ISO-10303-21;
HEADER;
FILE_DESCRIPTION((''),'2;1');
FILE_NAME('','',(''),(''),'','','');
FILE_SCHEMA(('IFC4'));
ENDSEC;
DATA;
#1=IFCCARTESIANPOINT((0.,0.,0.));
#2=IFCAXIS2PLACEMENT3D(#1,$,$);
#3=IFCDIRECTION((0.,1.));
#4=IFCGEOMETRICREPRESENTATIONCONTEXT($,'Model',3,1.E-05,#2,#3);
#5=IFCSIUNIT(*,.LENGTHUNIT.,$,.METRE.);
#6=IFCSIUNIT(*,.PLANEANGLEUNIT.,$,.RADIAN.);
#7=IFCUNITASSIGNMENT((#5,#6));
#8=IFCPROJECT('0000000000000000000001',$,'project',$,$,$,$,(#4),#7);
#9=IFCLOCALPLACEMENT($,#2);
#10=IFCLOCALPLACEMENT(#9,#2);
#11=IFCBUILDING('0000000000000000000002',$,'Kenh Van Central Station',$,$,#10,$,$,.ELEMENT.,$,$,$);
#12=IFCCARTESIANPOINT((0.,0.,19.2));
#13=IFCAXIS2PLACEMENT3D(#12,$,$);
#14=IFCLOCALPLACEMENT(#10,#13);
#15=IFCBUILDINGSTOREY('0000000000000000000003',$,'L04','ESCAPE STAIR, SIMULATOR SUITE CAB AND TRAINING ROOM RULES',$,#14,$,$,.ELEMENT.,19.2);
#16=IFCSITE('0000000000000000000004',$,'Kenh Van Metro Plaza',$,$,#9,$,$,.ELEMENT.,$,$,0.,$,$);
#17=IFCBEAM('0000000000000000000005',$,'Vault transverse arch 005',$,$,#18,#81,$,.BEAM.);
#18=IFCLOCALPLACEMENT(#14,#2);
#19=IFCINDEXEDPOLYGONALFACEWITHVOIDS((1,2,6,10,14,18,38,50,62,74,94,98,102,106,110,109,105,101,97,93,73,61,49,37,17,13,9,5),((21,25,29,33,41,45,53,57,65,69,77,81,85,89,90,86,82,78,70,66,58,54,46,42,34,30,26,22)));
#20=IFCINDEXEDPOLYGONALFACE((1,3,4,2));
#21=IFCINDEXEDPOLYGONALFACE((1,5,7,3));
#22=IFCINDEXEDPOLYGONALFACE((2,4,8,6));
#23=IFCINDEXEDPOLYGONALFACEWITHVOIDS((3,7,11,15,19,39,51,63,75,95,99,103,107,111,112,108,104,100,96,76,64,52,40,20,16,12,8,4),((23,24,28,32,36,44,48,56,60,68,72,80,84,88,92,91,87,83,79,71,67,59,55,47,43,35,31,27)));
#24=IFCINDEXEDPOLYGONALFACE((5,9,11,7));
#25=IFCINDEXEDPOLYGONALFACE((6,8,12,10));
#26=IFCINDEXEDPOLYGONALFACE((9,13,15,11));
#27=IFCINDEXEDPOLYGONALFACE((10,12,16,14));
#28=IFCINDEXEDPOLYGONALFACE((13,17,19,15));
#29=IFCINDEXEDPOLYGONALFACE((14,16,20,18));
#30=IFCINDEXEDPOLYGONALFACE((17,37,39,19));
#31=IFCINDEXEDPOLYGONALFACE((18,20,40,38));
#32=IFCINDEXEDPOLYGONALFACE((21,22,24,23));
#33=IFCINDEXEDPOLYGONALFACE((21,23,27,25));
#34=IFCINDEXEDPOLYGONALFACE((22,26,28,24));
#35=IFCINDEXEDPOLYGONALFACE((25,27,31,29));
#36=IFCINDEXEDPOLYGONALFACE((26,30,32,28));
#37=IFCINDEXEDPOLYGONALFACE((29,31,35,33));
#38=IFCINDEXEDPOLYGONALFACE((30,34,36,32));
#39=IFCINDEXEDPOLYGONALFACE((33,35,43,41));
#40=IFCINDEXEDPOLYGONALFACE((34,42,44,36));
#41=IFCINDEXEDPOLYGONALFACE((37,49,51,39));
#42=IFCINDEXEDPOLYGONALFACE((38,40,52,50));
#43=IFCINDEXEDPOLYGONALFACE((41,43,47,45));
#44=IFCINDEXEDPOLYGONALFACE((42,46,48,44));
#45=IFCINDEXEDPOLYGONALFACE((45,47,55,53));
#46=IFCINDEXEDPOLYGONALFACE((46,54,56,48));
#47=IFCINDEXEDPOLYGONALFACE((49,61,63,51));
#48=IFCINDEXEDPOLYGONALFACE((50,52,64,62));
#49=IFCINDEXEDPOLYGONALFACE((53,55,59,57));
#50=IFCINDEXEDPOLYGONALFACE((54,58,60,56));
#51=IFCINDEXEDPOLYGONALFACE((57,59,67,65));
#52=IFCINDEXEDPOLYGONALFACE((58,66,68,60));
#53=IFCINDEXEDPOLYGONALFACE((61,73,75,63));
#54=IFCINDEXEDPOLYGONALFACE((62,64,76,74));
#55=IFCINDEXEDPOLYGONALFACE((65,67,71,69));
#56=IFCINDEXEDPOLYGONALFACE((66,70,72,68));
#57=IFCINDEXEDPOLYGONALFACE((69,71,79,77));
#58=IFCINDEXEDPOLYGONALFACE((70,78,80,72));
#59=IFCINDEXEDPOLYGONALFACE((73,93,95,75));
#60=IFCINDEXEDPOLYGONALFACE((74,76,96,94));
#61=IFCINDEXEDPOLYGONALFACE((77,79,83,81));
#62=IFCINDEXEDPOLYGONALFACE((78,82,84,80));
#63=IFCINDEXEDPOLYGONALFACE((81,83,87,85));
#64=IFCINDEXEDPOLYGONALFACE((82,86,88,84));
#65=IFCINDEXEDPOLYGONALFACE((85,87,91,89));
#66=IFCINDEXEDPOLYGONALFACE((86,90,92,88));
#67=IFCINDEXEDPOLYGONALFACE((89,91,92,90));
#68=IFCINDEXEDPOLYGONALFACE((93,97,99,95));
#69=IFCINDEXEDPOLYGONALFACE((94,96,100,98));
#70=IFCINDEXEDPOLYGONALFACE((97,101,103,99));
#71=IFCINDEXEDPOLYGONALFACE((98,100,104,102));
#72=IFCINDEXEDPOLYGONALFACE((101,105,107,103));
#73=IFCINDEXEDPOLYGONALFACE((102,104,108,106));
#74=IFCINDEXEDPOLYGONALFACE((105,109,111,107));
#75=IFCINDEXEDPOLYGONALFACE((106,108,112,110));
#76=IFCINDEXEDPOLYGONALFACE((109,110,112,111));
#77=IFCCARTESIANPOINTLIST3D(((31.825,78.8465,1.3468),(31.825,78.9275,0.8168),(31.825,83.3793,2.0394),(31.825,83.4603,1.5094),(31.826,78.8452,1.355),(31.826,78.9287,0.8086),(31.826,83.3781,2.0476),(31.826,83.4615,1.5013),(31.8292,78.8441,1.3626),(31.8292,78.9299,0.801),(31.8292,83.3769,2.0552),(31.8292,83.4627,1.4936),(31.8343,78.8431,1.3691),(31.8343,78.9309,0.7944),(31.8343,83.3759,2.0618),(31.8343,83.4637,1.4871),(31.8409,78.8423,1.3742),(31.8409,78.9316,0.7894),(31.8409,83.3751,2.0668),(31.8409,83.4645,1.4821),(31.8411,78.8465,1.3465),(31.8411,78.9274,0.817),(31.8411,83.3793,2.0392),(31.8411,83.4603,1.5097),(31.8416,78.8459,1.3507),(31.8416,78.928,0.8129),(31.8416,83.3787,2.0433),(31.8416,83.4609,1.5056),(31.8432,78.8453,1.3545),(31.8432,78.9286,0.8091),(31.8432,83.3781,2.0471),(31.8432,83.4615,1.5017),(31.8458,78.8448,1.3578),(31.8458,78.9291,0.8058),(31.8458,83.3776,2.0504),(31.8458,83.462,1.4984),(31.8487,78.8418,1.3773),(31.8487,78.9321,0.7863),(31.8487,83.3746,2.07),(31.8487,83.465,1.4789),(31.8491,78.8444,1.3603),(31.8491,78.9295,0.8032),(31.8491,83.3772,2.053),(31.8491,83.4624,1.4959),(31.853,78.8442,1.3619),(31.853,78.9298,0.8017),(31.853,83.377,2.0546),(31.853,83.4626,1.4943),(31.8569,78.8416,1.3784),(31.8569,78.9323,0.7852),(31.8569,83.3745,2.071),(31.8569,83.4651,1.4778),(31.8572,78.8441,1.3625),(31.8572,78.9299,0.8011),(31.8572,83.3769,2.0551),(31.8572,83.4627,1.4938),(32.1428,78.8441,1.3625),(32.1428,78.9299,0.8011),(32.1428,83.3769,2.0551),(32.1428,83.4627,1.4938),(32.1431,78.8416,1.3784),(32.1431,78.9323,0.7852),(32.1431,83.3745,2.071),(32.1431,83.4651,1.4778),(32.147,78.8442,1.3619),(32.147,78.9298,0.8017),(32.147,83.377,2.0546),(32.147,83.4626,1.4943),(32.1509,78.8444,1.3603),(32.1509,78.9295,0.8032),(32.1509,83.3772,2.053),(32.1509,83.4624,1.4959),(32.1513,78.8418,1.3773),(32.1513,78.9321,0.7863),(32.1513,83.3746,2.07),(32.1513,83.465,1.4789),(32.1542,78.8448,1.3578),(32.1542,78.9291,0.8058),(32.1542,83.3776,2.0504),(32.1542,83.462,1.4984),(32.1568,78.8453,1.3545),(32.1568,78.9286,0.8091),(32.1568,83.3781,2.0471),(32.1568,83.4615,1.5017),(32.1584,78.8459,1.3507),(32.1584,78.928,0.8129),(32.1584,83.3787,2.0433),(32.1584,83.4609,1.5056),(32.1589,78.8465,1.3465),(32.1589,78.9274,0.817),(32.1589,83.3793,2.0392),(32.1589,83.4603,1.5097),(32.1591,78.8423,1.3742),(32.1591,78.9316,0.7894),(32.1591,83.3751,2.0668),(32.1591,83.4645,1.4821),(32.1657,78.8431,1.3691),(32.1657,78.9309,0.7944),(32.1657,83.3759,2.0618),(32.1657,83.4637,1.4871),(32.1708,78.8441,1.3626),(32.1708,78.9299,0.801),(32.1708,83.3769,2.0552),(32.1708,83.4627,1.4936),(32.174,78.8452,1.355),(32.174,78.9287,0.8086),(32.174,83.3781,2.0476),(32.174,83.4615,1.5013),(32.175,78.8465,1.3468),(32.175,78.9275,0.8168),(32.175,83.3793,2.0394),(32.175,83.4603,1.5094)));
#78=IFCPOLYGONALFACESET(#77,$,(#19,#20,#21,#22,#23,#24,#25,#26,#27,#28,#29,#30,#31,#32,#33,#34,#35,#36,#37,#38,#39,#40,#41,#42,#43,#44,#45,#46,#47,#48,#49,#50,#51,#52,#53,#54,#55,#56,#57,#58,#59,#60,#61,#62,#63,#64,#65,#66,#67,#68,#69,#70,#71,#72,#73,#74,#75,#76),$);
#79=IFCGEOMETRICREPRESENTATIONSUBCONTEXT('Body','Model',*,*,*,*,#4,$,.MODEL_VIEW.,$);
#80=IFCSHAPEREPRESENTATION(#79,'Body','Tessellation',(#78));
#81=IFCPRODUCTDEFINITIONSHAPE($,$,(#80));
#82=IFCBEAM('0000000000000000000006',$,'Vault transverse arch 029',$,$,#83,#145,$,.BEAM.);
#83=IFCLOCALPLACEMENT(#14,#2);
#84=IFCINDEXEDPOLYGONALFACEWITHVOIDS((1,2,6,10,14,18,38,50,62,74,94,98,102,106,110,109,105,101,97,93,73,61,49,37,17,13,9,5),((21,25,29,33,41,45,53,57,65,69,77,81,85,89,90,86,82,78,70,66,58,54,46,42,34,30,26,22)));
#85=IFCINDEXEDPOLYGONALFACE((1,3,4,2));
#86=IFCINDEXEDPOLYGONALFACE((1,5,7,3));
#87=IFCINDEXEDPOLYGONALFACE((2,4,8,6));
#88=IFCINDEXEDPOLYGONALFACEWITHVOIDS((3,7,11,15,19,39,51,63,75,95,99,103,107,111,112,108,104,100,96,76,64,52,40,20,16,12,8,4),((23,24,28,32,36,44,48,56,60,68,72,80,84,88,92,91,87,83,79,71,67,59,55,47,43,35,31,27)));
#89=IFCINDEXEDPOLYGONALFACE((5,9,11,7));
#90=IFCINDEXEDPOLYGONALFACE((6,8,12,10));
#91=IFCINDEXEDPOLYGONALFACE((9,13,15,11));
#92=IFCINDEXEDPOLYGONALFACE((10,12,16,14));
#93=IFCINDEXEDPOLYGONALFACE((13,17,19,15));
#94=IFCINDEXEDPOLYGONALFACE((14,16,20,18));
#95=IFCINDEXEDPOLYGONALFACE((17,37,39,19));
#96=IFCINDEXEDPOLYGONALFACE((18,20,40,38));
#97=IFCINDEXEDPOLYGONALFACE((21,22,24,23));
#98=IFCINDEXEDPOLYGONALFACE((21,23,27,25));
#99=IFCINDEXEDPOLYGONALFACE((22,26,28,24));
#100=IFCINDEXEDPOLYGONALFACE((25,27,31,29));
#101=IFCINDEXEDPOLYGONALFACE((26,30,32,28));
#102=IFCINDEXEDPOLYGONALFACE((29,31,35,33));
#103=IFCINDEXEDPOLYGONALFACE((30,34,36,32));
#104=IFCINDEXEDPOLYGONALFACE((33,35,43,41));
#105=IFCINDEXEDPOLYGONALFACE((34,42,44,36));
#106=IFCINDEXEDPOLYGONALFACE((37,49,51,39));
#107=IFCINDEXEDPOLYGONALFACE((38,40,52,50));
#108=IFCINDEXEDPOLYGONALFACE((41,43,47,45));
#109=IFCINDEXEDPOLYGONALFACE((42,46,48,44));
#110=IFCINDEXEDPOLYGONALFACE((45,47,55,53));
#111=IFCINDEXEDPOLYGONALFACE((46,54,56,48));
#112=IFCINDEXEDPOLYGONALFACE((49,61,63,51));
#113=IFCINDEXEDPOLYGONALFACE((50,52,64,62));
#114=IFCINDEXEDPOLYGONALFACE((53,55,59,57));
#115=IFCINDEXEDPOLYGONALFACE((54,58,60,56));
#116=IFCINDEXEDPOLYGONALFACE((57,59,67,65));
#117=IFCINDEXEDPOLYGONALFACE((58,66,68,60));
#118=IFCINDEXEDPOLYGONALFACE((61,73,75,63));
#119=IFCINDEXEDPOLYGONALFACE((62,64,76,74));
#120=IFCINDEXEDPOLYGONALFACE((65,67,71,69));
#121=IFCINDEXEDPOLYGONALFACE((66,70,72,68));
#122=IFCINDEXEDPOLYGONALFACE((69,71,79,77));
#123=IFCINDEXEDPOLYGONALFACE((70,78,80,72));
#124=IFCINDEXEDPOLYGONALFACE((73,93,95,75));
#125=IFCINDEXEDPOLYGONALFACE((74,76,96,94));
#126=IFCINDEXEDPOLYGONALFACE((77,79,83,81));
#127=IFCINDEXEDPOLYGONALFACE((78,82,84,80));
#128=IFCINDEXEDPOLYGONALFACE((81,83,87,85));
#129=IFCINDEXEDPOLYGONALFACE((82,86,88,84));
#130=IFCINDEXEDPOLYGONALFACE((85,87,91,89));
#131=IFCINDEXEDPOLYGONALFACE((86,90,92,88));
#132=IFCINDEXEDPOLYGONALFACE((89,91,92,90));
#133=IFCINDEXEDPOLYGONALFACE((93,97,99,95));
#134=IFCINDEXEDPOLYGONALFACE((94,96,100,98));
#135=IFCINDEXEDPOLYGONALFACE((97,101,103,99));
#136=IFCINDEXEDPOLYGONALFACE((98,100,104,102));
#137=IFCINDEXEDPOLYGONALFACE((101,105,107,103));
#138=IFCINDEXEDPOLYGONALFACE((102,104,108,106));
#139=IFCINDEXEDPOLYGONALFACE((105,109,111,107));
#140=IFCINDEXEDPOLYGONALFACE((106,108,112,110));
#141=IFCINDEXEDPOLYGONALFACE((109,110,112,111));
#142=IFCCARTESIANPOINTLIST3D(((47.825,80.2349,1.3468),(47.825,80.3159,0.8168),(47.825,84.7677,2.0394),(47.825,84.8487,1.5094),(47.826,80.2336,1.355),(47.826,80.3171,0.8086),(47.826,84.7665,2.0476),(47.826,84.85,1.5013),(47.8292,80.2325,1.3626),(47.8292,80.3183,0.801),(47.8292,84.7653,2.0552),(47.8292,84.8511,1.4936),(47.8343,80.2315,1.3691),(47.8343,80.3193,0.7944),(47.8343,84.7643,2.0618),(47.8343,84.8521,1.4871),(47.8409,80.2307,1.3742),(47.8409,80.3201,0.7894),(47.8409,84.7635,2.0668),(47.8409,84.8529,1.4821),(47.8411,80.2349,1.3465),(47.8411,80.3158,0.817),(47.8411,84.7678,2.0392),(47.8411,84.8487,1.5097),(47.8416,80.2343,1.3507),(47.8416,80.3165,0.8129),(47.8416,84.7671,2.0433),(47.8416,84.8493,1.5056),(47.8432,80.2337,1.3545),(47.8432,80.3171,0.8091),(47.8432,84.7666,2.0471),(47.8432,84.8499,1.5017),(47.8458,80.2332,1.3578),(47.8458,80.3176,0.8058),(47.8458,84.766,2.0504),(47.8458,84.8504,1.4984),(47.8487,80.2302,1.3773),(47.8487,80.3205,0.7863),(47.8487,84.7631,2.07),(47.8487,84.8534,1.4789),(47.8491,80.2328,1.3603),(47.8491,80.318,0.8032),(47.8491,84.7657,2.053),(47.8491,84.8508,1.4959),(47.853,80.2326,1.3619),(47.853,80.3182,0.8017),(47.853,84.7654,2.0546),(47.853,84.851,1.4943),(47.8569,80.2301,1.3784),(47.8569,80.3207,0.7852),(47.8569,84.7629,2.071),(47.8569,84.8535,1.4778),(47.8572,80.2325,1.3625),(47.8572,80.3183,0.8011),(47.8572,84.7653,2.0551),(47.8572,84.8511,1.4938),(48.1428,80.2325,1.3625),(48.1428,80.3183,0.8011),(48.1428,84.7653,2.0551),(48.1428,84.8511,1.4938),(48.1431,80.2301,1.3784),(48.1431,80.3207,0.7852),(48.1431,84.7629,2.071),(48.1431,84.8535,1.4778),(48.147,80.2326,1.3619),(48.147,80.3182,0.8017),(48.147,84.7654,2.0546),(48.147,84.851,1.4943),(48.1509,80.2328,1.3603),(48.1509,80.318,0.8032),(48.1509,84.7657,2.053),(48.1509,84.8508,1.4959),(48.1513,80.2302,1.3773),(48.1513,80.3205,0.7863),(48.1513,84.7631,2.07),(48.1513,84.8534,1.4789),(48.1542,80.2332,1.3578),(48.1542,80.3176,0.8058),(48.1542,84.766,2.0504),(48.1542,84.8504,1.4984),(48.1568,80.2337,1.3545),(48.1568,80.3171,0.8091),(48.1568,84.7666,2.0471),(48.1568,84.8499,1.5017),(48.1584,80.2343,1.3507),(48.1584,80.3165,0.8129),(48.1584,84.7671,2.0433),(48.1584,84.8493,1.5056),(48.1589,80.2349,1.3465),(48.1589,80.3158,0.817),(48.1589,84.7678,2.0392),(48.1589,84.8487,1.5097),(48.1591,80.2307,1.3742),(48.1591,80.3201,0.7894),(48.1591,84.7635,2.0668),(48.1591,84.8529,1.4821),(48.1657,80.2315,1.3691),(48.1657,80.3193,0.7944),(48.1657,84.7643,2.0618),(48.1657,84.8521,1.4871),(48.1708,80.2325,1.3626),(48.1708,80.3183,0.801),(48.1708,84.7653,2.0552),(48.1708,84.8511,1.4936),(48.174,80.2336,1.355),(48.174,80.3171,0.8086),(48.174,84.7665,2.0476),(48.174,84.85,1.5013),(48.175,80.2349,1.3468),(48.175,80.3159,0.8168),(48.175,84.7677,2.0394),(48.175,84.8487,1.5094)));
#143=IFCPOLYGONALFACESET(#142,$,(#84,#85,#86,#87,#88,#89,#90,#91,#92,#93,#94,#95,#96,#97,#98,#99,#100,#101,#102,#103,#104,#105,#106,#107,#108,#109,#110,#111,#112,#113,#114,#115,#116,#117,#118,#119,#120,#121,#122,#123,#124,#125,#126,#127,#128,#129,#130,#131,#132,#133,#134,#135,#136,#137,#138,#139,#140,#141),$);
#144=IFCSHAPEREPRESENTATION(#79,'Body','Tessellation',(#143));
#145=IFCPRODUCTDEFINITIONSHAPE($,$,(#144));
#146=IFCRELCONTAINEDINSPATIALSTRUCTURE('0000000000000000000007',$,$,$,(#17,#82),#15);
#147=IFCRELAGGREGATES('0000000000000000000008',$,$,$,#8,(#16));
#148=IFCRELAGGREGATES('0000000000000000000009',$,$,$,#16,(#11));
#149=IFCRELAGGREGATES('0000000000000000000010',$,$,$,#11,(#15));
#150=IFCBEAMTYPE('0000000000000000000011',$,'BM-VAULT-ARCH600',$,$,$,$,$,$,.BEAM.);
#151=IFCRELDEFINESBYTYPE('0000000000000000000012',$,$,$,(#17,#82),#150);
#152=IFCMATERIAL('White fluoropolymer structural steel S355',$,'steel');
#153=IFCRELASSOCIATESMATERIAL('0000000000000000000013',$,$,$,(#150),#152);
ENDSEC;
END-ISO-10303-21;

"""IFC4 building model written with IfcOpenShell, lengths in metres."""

from ifc_helpers import new_model, si_unit, direction, frame, origin, origin_2d, place, context, subcontext, project, spatial, hollow_rectangle, extrude, material, material_profile, profile_set, type_object, element, save


model = new_model("IFC4")

# Units and contexts
model_context = context("Model", 3, precision=1e-05, world=origin(), true_north=direction((0.0, 1.0)))
body_context = subcontext(model_context, "Body", "Model", "MODEL_VIEW")
ifc_project = project(units=[si_unit("LENGTHUNIT", "METRE"), si_unit("PLANEANGLEUNIT", "RADIAN")], contexts=[model_context])

# Site, building, storey
site_placement = place(None, origin())
site = spatial("IfcSite", under=ifc_project, at=site_placement, Name="Kenh Van Metro Plaza", CompositionType="ELEMENT", RefElevation=0.0)
building_placement = place(site_placement, origin())
building = spatial("IfcBuilding", under=site, at=building_placement, Name="Kenh Van Central Station", CompositionType="ELEMENT")
storey_placement = place(building_placement, frame((0.0, 0.0, 19.2)))
storey = spatial("IfcBuildingStorey", under=building, at=storey_placement, Name="L04", Description="ESCAPE STAIR, SIMULATOR SUITE CAB AND TRAINING ROOM RULES", CompositionType="ELEMENT", Elevation=19.2)

# Beams
ifc_material_1 = material(Name="White fluoropolymer structural steel S355", Category="steel")
ifc_material_profile_1 = material_profile(ifc_material_1, hollow_rectangle(XDim=0.3501, YDim=0.6001, WallThickness=0.0161, InnerFilletRadius=0.0161, OuterFilletRadius=0.032, at=origin_2d()), Name="RHS 600x350x16")
ifc_profile_set_1 = profile_set([ifc_material_profile_1], Name="White fluoropolymer structural steel S355")
beam_type_1 = type_object("IfcBeamType", Name="BM-VAULT-ARCH600", PredefinedType="BEAM", material=ifc_profile_set_1)
for number, where, z_axis, x_axis, name in (
    (1, (32.0, 78.887, 1.0818), (0.0, 0.988526, 0.151053), (-1.0, 0.0, 0.0), "Vault transverse arch 005"),
    (2, (48.0, 80.2754, 1.0818), (0.0, 0.988526, 0.151053), (-1.0, 0.0, 0.0), "Vault transverse arch 029"),
):
    element("IfcBeam", number, at=place(storey_placement, frame(where, z_axis=z_axis, x_axis=x_axis)), inside=storey, type_object=beam_type_1, Name=name, PredefinedType="BEAM", context=body_context, shape_type="SweptSolid", body=[
        extrude(hollow_rectangle(XDim=0.3501, YDim=0.6001, WallThickness=0.0161, InnerFilletRadius=0.0161, OuterFilletRadius=0.032, at=origin_2d()), origin(), (0.0, 0.0, 1.0), 4.5854),
    ])

save(model, "model.ifc")
